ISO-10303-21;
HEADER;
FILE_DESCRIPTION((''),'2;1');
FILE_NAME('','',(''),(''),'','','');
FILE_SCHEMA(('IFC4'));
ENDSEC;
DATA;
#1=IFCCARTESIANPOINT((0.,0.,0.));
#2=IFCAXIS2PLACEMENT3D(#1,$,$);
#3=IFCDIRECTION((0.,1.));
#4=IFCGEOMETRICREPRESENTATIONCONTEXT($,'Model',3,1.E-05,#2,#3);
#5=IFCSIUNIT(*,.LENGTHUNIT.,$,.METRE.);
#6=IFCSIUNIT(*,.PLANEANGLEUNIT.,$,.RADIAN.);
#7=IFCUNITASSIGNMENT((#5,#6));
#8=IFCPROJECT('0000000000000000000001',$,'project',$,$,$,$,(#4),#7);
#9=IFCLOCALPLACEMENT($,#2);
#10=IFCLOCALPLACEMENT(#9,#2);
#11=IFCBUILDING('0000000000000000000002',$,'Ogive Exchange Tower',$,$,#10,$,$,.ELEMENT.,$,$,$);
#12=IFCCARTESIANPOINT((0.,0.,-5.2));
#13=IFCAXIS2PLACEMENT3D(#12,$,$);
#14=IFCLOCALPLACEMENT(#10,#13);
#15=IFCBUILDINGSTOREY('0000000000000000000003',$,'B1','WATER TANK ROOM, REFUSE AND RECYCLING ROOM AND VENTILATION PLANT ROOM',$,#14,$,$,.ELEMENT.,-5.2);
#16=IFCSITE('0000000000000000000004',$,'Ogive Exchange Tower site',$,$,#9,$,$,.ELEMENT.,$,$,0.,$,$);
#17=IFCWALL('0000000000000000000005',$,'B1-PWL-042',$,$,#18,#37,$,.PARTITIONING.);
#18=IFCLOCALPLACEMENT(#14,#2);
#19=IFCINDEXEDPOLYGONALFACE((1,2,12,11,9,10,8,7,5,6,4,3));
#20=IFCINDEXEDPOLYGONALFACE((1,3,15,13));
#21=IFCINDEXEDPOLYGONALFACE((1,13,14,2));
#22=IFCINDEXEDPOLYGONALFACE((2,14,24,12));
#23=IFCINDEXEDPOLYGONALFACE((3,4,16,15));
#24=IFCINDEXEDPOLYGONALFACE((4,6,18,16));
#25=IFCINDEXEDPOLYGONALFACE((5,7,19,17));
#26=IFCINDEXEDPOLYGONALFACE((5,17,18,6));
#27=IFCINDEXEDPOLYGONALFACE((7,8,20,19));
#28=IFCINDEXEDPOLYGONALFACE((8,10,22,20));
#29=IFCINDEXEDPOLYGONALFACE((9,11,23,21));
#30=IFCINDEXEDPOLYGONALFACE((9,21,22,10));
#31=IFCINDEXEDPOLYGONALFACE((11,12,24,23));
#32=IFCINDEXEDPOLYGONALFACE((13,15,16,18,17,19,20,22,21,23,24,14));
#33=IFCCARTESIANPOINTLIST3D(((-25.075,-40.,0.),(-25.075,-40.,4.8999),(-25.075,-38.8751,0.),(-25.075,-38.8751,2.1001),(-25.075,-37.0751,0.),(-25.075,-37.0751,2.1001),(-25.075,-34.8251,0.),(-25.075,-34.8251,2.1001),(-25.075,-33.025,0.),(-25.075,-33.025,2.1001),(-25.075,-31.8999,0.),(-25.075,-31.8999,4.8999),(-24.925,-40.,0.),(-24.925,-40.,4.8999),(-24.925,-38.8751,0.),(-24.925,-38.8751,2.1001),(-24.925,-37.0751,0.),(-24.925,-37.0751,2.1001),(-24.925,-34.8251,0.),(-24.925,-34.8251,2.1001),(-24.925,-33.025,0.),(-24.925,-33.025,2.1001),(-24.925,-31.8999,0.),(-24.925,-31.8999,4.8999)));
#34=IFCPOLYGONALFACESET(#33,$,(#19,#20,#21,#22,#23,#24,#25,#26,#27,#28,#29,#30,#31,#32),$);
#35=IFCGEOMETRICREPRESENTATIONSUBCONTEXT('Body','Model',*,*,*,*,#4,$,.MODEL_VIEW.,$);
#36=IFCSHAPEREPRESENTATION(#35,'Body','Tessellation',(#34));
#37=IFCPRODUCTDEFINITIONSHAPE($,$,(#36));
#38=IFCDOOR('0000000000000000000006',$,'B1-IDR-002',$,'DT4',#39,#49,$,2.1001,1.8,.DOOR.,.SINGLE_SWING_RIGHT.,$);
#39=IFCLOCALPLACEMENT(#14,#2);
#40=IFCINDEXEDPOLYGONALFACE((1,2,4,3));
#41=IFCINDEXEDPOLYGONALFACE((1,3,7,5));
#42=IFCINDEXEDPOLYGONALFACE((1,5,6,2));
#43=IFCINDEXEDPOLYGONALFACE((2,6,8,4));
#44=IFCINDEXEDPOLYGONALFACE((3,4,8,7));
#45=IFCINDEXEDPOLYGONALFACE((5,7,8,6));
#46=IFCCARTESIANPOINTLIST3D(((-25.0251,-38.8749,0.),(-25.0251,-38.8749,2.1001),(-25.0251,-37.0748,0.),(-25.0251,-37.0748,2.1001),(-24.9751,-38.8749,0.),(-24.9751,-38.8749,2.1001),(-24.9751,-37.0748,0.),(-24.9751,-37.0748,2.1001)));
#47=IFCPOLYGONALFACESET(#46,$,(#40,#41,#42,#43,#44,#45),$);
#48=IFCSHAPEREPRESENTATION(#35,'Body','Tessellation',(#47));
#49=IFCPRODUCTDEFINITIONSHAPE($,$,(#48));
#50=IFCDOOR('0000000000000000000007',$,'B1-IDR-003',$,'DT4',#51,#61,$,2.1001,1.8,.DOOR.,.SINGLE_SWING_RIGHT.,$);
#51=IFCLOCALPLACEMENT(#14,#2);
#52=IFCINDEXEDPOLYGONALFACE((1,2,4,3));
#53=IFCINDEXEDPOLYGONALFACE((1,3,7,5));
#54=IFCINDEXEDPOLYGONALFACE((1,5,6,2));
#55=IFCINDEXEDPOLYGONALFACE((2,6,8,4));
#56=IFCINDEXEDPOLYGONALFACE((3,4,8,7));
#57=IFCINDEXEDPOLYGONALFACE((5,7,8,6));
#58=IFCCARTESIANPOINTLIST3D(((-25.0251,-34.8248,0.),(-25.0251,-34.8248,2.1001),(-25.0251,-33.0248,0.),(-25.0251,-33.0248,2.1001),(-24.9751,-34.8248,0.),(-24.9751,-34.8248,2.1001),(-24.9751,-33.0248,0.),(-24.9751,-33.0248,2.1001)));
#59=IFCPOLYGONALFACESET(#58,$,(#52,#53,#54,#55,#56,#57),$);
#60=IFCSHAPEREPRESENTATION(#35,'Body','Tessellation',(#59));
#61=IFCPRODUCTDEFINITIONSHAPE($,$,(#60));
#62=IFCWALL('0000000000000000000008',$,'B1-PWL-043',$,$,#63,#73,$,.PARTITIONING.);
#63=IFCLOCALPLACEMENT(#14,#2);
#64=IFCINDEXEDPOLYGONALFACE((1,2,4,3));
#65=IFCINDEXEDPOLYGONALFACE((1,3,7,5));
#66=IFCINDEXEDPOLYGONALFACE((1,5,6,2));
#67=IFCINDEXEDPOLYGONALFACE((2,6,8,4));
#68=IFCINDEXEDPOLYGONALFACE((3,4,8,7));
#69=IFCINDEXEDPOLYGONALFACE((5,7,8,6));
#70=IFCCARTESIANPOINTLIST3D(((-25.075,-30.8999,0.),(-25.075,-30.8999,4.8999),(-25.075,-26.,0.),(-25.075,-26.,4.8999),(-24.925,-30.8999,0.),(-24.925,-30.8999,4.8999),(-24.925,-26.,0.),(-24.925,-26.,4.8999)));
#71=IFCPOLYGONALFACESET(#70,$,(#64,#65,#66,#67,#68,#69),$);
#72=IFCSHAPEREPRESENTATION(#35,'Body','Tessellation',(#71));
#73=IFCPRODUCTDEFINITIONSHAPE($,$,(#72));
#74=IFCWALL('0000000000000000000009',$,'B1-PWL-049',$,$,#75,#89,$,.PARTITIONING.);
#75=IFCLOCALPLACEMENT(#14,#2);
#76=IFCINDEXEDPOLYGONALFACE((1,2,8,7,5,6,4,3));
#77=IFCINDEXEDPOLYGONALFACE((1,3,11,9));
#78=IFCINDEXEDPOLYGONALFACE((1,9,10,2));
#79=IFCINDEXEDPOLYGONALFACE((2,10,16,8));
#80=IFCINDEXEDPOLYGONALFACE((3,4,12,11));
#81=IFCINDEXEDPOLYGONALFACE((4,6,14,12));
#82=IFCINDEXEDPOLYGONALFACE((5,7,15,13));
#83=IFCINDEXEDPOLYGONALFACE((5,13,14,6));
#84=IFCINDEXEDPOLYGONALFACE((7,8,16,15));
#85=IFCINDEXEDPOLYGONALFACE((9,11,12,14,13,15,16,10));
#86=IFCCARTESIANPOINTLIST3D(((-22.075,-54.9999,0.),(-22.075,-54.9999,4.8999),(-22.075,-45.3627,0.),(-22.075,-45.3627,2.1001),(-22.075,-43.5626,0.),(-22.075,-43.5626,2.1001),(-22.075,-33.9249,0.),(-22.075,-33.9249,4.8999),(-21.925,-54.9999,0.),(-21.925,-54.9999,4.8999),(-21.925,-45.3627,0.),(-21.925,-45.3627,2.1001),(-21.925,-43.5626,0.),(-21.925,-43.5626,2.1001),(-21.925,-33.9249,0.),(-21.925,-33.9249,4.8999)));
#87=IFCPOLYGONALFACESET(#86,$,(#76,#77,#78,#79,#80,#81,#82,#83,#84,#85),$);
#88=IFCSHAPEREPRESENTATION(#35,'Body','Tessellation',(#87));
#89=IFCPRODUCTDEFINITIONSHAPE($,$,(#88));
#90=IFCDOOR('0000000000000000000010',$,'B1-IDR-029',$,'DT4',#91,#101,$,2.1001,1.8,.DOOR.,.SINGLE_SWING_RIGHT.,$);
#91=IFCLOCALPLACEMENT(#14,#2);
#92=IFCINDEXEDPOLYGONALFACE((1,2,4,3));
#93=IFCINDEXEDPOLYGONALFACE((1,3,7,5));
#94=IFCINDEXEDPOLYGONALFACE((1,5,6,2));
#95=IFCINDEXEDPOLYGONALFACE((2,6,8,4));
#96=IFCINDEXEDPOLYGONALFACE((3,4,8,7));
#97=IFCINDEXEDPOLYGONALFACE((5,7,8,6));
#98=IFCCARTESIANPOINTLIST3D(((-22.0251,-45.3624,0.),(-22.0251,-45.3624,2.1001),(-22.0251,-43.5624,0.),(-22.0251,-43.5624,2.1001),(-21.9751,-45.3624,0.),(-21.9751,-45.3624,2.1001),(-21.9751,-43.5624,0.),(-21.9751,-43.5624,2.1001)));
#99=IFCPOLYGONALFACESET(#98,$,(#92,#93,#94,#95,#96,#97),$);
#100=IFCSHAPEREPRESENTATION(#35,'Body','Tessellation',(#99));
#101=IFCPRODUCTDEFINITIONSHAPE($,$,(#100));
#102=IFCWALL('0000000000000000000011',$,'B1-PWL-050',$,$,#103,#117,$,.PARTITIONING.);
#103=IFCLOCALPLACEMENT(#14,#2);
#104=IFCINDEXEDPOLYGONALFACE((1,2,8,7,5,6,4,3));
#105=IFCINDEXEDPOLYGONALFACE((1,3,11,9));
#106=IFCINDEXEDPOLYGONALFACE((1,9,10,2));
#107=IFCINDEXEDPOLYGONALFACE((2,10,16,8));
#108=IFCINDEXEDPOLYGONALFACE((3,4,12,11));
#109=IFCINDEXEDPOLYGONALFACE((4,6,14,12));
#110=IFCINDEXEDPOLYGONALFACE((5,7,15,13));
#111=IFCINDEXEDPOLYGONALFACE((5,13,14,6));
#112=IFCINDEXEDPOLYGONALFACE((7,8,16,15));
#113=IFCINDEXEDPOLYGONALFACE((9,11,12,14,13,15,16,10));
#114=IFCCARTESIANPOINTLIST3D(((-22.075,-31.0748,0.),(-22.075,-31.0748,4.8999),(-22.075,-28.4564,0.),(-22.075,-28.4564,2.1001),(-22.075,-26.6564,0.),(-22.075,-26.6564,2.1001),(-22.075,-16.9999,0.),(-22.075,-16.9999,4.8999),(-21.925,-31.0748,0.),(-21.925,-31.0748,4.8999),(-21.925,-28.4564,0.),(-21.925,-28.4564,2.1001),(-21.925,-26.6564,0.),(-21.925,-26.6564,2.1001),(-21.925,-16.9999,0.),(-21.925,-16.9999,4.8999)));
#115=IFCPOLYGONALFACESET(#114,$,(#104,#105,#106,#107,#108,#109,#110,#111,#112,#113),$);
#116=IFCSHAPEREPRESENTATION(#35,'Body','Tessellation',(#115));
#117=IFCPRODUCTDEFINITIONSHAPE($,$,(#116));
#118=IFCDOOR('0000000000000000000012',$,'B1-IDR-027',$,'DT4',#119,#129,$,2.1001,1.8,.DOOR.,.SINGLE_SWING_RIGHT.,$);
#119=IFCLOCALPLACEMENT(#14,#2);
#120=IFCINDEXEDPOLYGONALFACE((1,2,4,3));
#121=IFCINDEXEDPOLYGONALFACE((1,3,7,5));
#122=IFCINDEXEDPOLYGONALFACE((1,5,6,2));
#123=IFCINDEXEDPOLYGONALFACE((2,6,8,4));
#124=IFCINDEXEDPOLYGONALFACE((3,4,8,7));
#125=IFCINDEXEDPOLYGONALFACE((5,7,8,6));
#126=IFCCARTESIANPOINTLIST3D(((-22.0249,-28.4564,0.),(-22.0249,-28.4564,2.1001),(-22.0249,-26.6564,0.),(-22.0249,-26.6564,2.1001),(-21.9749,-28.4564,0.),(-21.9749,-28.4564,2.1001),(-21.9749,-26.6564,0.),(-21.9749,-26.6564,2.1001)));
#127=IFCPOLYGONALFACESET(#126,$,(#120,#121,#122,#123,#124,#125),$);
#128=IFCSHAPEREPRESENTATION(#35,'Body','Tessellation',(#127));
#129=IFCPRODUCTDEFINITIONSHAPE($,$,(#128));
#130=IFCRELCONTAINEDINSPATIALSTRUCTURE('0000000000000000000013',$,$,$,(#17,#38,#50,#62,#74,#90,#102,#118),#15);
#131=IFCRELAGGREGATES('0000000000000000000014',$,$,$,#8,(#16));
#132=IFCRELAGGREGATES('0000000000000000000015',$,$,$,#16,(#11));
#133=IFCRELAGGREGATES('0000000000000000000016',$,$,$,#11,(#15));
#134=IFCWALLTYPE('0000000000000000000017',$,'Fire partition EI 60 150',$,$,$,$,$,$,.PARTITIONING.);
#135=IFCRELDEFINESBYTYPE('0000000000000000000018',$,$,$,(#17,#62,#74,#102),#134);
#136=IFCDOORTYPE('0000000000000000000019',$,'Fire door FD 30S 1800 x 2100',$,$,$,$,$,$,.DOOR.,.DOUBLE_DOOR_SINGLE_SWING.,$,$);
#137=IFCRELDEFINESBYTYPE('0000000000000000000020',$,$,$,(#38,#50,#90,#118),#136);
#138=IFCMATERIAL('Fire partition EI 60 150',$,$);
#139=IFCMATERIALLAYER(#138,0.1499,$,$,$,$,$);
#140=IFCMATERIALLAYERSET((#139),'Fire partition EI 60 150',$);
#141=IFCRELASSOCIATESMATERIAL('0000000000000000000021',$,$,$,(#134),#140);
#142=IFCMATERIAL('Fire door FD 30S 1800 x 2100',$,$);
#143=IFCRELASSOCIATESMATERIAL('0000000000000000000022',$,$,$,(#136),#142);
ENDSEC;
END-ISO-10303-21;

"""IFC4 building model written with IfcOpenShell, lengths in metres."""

from ifc_helpers import new_model, si_unit, direction, frame, frame_2d, origin, place, context, subcontext, project, spatial, rectangle, extrude, material, layer, layer_set, type_object, element, fill, save


model = new_model("IFC4")

# Units and contexts
model_context = context("Model", 3, precision=1e-05, world=origin(), true_north=direction((0.0, 1.0)))
body_context = subcontext(model_context, "Body", "Model", "MODEL_VIEW")
ifc_project = project(units=[si_unit("LENGTHUNIT", "METRE"), si_unit("PLANEANGLEUNIT", "RADIAN")], contexts=[model_context])

# Site, building, storey
site_placement = place(None, origin())
site = spatial("IfcSite", under=ifc_project, at=site_placement, Name="Ogive Exchange Tower site", CompositionType="ELEMENT", RefElevation=0.0)
building_placement = place(site_placement, origin())
building = spatial("IfcBuilding", under=site, at=building_placement, Name="Ogive Exchange Tower", CompositionType="ELEMENT")
storey_placement = place(building_placement, frame((0.0, 0.0, -5.2)))
storey = spatial("IfcBuildingStorey", under=building, at=storey_placement, Name="B1", Description="WATER TANK ROOM, REFUSE AND RECYCLING ROOM AND VENTILATION PLANT ROOM", CompositionType="ELEMENT", Elevation=-5.2)

# Shared definitions
ifc_material_1 = material(Name="Fire partition EI 60 150")
ifc_layer = layer(ifc_material_1, 0.1499)
ifc_layer_set = layer_set([ifc_layer], Name="Fire partition EI 60 150")
wall_type = type_object("IfcWallType", Name="Fire partition EI 60 150", PredefinedType="PARTITIONING", material=ifc_layer_set)

# Shared definitions
ifc_material_2 = material(Name="Fire door FD 30S 1800 x 2100")
door_type = type_object("IfcDoorType", Name="Fire door FD 30S 1800 x 2100", OperationType="DOUBLE_DOOR_SINGLE_SWING", PredefinedType="DOOR", material=ifc_material_2)

# Wall, openings, doors
wall_1_placement = place(storey_placement, frame((-25.0, -40.0, 0.0), z_axis=(0.0, 0.0, 1.0), x_axis=(0.0, 1.0, 0.0)))
wall_1 = element("IfcWall", 1, at=wall_1_placement, inside=storey, type_object=wall_type, Name="B1-PWL-042", PredefinedType="PARTITIONING", context=body_context, shape_type="SweptSolid", body=[
    extrude(rectangle(XDim=8.1001, YDim=0.1499, at=frame_2d((4.05, 0.0))), origin(), (0.0, 0.0, 1.0), 4.8999),
])
opening_1_placement = place(wall_1_placement, frame((1.125, 0.0, 0.0)))
opening_1 = element("IfcOpeningElement", 2, at=opening_1_placement, cuts=wall_1, PredefinedType="OPENING", context=body_context, shape_type="SweptSolid", body=[
    extrude(rectangle(XDim=1.8, YDim=2.1001, at=frame_2d((0.8999, 1.05))), frame((0.0, 0.085, 0.0), z_axis=(0.0, -1.0, 0.0), x_axis=(1.0, 0.0, 0.0)), (0.0, 0.0, 1.0), 0.1699),
])
opening_2_placement = place(wall_1_placement, frame((5.175, 0.0, 0.0)))
opening_2 = element("IfcOpeningElement", 3, at=opening_2_placement, cuts=wall_1, PredefinedType="OPENING", context=body_context, shape_type="SweptSolid", body=[
    extrude(rectangle(XDim=1.8, YDim=2.1001, at=frame_2d((0.8999, 1.05))), frame((0.0, 0.085, 0.0), z_axis=(0.0, -1.0, 0.0), x_axis=(1.0, 0.0, 0.0)), (0.0, 0.0, 1.0), 0.1699),
])
door_1_placement = place(opening_1_placement, frame((1.8, 0.0, 0.0), z_axis=(0.0, 0.0, 1.0), x_axis=(-1.0, 0.0, 0.0)))
door_1 = element("IfcDoor", 4, at=door_1_placement, inside=storey, type_object=door_type, Name="B1-IDR-002", ObjectType="DT4", OperationType="SINGLE_SWING_RIGHT", OverallHeight=2.1001, OverallWidth=1.8, PredefinedType="DOOR", context=body_context, shape_type="SweptSolid", body=[
    extrude(rectangle(XDim=1.8, YDim=2.1001, at=frame_2d((0.8999, 1.05))), frame((0.0, 0.0249, 0.0), z_axis=(0.0, -1.0, 0.0), x_axis=(1.0, 0.0, 0.0)), (0.0, 0.0, 1.0), 0.05),
])
fill(opening_1, door_1)
door_2_placement = place(opening_2_placement, frame((1.8, 0.0, 0.0), z_axis=(0.0, 0.0, 1.0), x_axis=(-1.0, 0.0, 0.0)))
door_2 = element("IfcDoor", 5, at=door_2_placement, inside=storey, type_object=door_type, Name="B1-IDR-003", ObjectType="DT4", OperationType="SINGLE_SWING_RIGHT", OverallHeight=2.1001, OverallWidth=1.8, PredefinedType="DOOR", context=body_context, shape_type="SweptSolid", body=[
    extrude(rectangle(XDim=1.8, YDim=2.1001, at=frame_2d((0.8999, 1.05))), frame((0.0, 0.0249, 0.0), z_axis=(0.0, -1.0, 0.0), x_axis=(1.0, 0.0, 0.0)), (0.0, 0.0, 1.0), 0.05),
])
fill(opening_2, door_2)

# Wall
wall_2_placement = place(storey_placement, frame((-25.0, -30.8999, 0.0), z_axis=(0.0, 0.0, 1.0), x_axis=(0.0, 1.0, 0.0)))
element("IfcWall", 6, at=wall_2_placement, inside=storey, type_object=wall_type, Name="B1-PWL-043", PredefinedType="PARTITIONING", context=body_context, shape_type="SweptSolid", body=[
    extrude(rectangle(XDim=4.8999, YDim=0.1499, at=frame_2d((2.45, 0.0))), origin(), (0.0, 0.0, 1.0), 4.8999),
])

# Walls, openings, doors
wall_3_placement = place(storey_placement, frame((-22.0, -55.0, 0.0), z_axis=(0.0, 0.0, 1.0), x_axis=(0.0, 1.0, 0.0)))
wall_3 = element("IfcWall", 7, at=wall_3_placement, inside=storey, type_object=wall_type, Name="B1-PWL-049", PredefinedType="PARTITIONING", context=body_context, shape_type="SweptSolid", body=[
    extrude(rectangle(XDim=21.075, YDim=0.1499, at=frame_2d((10.5376, 0.0))), origin(), (0.0, 0.0, 1.0), 4.8999),
])
opening_3_placement = place(wall_3_placement, frame((9.6375, 0.0, 0.0)))
opening_3 = element("IfcOpeningElement", 8, at=opening_3_placement, cuts=wall_3, PredefinedType="OPENING", context=body_context, shape_type="SweptSolid", body=[
    extrude(rectangle(XDim=1.8, YDim=2.1001, at=frame_2d((0.8999, 1.05))), frame((0.0, 0.085, 0.0), z_axis=(0.0, -1.0, 0.0), x_axis=(1.0, 0.0, 0.0)), (0.0, 0.0, 1.0), 0.1699),
])
door_3_placement = place(opening_3_placement, frame((1.8, 0.0, 0.0), z_axis=(0.0, 0.0, 1.0), x_axis=(-1.0, 0.0, 0.0)))
door_3 = element("IfcDoor", 9, at=door_3_placement, inside=storey, type_object=door_type, Name="B1-IDR-029", ObjectType="DT4", OperationType="SINGLE_SWING_RIGHT", OverallHeight=2.1001, OverallWidth=1.8, PredefinedType="DOOR", context=body_context, shape_type="SweptSolid", body=[
    extrude(rectangle(XDim=1.8, YDim=2.1001, at=frame_2d((0.8999, 1.05))), frame((0.0, 0.0249, 0.0), z_axis=(0.0, -1.0, 0.0), x_axis=(1.0, 0.0, 0.0)), (0.0, 0.0, 1.0), 0.05),
])
fill(opening_3, door_3)
wall_4_placement = place(storey_placement, frame((-22.0, -31.075, 0.0), z_axis=(0.0, 0.0, 1.0), x_axis=(0.0, 1.0, 0.0)))
wall_4 = element("IfcWall", 10, at=wall_4_placement, inside=storey, type_object=wall_type, Name="B1-PWL-050", PredefinedType="PARTITIONING", context=body_context, shape_type="SweptSolid", body=[
    extrude(rectangle(XDim=14.075, YDim=0.1499, at=frame_2d((7.0376, 0.0))), origin(), (0.0, 0.0, 1.0), 4.8999),
])
opening_4_placement = place(wall_4_placement, frame((2.6187, 0.0, 0.0)))
opening_4 = element("IfcOpeningElement", 11, at=opening_4_placement, cuts=wall_4, PredefinedType="OPENING", context=body_context, shape_type="SweptSolid", body=[
    extrude(rectangle(XDim=1.8, YDim=2.1001, at=frame_2d((0.8999, 1.05))), frame((0.0, 0.085, 0.0), z_axis=(0.0, -1.0, 0.0), x_axis=(1.0, 0.0, 0.0)), (0.0, 0.0, 1.0), 0.1699),
])
door_4_placement = place(opening_4_placement, origin())
door_4 = element("IfcDoor", 12, at=door_4_placement, inside=storey, type_object=door_type, Name="B1-IDR-027", ObjectType="DT4", OperationType="SINGLE_SWING_RIGHT", OverallHeight=2.1001, OverallWidth=1.8, PredefinedType="DOOR", context=body_context, shape_type="SweptSolid", body=[
    extrude(rectangle(XDim=1.8, YDim=2.1001, at=frame_2d((0.8999, 1.05))), frame((0.0, 0.0249, 0.0), z_axis=(0.0, -1.0, 0.0), x_axis=(1.0, 0.0, 0.0)), (0.0, 0.0, 1.0), 0.05),
])
fill(opening_4, door_4)

save(model, "model.ifc")
